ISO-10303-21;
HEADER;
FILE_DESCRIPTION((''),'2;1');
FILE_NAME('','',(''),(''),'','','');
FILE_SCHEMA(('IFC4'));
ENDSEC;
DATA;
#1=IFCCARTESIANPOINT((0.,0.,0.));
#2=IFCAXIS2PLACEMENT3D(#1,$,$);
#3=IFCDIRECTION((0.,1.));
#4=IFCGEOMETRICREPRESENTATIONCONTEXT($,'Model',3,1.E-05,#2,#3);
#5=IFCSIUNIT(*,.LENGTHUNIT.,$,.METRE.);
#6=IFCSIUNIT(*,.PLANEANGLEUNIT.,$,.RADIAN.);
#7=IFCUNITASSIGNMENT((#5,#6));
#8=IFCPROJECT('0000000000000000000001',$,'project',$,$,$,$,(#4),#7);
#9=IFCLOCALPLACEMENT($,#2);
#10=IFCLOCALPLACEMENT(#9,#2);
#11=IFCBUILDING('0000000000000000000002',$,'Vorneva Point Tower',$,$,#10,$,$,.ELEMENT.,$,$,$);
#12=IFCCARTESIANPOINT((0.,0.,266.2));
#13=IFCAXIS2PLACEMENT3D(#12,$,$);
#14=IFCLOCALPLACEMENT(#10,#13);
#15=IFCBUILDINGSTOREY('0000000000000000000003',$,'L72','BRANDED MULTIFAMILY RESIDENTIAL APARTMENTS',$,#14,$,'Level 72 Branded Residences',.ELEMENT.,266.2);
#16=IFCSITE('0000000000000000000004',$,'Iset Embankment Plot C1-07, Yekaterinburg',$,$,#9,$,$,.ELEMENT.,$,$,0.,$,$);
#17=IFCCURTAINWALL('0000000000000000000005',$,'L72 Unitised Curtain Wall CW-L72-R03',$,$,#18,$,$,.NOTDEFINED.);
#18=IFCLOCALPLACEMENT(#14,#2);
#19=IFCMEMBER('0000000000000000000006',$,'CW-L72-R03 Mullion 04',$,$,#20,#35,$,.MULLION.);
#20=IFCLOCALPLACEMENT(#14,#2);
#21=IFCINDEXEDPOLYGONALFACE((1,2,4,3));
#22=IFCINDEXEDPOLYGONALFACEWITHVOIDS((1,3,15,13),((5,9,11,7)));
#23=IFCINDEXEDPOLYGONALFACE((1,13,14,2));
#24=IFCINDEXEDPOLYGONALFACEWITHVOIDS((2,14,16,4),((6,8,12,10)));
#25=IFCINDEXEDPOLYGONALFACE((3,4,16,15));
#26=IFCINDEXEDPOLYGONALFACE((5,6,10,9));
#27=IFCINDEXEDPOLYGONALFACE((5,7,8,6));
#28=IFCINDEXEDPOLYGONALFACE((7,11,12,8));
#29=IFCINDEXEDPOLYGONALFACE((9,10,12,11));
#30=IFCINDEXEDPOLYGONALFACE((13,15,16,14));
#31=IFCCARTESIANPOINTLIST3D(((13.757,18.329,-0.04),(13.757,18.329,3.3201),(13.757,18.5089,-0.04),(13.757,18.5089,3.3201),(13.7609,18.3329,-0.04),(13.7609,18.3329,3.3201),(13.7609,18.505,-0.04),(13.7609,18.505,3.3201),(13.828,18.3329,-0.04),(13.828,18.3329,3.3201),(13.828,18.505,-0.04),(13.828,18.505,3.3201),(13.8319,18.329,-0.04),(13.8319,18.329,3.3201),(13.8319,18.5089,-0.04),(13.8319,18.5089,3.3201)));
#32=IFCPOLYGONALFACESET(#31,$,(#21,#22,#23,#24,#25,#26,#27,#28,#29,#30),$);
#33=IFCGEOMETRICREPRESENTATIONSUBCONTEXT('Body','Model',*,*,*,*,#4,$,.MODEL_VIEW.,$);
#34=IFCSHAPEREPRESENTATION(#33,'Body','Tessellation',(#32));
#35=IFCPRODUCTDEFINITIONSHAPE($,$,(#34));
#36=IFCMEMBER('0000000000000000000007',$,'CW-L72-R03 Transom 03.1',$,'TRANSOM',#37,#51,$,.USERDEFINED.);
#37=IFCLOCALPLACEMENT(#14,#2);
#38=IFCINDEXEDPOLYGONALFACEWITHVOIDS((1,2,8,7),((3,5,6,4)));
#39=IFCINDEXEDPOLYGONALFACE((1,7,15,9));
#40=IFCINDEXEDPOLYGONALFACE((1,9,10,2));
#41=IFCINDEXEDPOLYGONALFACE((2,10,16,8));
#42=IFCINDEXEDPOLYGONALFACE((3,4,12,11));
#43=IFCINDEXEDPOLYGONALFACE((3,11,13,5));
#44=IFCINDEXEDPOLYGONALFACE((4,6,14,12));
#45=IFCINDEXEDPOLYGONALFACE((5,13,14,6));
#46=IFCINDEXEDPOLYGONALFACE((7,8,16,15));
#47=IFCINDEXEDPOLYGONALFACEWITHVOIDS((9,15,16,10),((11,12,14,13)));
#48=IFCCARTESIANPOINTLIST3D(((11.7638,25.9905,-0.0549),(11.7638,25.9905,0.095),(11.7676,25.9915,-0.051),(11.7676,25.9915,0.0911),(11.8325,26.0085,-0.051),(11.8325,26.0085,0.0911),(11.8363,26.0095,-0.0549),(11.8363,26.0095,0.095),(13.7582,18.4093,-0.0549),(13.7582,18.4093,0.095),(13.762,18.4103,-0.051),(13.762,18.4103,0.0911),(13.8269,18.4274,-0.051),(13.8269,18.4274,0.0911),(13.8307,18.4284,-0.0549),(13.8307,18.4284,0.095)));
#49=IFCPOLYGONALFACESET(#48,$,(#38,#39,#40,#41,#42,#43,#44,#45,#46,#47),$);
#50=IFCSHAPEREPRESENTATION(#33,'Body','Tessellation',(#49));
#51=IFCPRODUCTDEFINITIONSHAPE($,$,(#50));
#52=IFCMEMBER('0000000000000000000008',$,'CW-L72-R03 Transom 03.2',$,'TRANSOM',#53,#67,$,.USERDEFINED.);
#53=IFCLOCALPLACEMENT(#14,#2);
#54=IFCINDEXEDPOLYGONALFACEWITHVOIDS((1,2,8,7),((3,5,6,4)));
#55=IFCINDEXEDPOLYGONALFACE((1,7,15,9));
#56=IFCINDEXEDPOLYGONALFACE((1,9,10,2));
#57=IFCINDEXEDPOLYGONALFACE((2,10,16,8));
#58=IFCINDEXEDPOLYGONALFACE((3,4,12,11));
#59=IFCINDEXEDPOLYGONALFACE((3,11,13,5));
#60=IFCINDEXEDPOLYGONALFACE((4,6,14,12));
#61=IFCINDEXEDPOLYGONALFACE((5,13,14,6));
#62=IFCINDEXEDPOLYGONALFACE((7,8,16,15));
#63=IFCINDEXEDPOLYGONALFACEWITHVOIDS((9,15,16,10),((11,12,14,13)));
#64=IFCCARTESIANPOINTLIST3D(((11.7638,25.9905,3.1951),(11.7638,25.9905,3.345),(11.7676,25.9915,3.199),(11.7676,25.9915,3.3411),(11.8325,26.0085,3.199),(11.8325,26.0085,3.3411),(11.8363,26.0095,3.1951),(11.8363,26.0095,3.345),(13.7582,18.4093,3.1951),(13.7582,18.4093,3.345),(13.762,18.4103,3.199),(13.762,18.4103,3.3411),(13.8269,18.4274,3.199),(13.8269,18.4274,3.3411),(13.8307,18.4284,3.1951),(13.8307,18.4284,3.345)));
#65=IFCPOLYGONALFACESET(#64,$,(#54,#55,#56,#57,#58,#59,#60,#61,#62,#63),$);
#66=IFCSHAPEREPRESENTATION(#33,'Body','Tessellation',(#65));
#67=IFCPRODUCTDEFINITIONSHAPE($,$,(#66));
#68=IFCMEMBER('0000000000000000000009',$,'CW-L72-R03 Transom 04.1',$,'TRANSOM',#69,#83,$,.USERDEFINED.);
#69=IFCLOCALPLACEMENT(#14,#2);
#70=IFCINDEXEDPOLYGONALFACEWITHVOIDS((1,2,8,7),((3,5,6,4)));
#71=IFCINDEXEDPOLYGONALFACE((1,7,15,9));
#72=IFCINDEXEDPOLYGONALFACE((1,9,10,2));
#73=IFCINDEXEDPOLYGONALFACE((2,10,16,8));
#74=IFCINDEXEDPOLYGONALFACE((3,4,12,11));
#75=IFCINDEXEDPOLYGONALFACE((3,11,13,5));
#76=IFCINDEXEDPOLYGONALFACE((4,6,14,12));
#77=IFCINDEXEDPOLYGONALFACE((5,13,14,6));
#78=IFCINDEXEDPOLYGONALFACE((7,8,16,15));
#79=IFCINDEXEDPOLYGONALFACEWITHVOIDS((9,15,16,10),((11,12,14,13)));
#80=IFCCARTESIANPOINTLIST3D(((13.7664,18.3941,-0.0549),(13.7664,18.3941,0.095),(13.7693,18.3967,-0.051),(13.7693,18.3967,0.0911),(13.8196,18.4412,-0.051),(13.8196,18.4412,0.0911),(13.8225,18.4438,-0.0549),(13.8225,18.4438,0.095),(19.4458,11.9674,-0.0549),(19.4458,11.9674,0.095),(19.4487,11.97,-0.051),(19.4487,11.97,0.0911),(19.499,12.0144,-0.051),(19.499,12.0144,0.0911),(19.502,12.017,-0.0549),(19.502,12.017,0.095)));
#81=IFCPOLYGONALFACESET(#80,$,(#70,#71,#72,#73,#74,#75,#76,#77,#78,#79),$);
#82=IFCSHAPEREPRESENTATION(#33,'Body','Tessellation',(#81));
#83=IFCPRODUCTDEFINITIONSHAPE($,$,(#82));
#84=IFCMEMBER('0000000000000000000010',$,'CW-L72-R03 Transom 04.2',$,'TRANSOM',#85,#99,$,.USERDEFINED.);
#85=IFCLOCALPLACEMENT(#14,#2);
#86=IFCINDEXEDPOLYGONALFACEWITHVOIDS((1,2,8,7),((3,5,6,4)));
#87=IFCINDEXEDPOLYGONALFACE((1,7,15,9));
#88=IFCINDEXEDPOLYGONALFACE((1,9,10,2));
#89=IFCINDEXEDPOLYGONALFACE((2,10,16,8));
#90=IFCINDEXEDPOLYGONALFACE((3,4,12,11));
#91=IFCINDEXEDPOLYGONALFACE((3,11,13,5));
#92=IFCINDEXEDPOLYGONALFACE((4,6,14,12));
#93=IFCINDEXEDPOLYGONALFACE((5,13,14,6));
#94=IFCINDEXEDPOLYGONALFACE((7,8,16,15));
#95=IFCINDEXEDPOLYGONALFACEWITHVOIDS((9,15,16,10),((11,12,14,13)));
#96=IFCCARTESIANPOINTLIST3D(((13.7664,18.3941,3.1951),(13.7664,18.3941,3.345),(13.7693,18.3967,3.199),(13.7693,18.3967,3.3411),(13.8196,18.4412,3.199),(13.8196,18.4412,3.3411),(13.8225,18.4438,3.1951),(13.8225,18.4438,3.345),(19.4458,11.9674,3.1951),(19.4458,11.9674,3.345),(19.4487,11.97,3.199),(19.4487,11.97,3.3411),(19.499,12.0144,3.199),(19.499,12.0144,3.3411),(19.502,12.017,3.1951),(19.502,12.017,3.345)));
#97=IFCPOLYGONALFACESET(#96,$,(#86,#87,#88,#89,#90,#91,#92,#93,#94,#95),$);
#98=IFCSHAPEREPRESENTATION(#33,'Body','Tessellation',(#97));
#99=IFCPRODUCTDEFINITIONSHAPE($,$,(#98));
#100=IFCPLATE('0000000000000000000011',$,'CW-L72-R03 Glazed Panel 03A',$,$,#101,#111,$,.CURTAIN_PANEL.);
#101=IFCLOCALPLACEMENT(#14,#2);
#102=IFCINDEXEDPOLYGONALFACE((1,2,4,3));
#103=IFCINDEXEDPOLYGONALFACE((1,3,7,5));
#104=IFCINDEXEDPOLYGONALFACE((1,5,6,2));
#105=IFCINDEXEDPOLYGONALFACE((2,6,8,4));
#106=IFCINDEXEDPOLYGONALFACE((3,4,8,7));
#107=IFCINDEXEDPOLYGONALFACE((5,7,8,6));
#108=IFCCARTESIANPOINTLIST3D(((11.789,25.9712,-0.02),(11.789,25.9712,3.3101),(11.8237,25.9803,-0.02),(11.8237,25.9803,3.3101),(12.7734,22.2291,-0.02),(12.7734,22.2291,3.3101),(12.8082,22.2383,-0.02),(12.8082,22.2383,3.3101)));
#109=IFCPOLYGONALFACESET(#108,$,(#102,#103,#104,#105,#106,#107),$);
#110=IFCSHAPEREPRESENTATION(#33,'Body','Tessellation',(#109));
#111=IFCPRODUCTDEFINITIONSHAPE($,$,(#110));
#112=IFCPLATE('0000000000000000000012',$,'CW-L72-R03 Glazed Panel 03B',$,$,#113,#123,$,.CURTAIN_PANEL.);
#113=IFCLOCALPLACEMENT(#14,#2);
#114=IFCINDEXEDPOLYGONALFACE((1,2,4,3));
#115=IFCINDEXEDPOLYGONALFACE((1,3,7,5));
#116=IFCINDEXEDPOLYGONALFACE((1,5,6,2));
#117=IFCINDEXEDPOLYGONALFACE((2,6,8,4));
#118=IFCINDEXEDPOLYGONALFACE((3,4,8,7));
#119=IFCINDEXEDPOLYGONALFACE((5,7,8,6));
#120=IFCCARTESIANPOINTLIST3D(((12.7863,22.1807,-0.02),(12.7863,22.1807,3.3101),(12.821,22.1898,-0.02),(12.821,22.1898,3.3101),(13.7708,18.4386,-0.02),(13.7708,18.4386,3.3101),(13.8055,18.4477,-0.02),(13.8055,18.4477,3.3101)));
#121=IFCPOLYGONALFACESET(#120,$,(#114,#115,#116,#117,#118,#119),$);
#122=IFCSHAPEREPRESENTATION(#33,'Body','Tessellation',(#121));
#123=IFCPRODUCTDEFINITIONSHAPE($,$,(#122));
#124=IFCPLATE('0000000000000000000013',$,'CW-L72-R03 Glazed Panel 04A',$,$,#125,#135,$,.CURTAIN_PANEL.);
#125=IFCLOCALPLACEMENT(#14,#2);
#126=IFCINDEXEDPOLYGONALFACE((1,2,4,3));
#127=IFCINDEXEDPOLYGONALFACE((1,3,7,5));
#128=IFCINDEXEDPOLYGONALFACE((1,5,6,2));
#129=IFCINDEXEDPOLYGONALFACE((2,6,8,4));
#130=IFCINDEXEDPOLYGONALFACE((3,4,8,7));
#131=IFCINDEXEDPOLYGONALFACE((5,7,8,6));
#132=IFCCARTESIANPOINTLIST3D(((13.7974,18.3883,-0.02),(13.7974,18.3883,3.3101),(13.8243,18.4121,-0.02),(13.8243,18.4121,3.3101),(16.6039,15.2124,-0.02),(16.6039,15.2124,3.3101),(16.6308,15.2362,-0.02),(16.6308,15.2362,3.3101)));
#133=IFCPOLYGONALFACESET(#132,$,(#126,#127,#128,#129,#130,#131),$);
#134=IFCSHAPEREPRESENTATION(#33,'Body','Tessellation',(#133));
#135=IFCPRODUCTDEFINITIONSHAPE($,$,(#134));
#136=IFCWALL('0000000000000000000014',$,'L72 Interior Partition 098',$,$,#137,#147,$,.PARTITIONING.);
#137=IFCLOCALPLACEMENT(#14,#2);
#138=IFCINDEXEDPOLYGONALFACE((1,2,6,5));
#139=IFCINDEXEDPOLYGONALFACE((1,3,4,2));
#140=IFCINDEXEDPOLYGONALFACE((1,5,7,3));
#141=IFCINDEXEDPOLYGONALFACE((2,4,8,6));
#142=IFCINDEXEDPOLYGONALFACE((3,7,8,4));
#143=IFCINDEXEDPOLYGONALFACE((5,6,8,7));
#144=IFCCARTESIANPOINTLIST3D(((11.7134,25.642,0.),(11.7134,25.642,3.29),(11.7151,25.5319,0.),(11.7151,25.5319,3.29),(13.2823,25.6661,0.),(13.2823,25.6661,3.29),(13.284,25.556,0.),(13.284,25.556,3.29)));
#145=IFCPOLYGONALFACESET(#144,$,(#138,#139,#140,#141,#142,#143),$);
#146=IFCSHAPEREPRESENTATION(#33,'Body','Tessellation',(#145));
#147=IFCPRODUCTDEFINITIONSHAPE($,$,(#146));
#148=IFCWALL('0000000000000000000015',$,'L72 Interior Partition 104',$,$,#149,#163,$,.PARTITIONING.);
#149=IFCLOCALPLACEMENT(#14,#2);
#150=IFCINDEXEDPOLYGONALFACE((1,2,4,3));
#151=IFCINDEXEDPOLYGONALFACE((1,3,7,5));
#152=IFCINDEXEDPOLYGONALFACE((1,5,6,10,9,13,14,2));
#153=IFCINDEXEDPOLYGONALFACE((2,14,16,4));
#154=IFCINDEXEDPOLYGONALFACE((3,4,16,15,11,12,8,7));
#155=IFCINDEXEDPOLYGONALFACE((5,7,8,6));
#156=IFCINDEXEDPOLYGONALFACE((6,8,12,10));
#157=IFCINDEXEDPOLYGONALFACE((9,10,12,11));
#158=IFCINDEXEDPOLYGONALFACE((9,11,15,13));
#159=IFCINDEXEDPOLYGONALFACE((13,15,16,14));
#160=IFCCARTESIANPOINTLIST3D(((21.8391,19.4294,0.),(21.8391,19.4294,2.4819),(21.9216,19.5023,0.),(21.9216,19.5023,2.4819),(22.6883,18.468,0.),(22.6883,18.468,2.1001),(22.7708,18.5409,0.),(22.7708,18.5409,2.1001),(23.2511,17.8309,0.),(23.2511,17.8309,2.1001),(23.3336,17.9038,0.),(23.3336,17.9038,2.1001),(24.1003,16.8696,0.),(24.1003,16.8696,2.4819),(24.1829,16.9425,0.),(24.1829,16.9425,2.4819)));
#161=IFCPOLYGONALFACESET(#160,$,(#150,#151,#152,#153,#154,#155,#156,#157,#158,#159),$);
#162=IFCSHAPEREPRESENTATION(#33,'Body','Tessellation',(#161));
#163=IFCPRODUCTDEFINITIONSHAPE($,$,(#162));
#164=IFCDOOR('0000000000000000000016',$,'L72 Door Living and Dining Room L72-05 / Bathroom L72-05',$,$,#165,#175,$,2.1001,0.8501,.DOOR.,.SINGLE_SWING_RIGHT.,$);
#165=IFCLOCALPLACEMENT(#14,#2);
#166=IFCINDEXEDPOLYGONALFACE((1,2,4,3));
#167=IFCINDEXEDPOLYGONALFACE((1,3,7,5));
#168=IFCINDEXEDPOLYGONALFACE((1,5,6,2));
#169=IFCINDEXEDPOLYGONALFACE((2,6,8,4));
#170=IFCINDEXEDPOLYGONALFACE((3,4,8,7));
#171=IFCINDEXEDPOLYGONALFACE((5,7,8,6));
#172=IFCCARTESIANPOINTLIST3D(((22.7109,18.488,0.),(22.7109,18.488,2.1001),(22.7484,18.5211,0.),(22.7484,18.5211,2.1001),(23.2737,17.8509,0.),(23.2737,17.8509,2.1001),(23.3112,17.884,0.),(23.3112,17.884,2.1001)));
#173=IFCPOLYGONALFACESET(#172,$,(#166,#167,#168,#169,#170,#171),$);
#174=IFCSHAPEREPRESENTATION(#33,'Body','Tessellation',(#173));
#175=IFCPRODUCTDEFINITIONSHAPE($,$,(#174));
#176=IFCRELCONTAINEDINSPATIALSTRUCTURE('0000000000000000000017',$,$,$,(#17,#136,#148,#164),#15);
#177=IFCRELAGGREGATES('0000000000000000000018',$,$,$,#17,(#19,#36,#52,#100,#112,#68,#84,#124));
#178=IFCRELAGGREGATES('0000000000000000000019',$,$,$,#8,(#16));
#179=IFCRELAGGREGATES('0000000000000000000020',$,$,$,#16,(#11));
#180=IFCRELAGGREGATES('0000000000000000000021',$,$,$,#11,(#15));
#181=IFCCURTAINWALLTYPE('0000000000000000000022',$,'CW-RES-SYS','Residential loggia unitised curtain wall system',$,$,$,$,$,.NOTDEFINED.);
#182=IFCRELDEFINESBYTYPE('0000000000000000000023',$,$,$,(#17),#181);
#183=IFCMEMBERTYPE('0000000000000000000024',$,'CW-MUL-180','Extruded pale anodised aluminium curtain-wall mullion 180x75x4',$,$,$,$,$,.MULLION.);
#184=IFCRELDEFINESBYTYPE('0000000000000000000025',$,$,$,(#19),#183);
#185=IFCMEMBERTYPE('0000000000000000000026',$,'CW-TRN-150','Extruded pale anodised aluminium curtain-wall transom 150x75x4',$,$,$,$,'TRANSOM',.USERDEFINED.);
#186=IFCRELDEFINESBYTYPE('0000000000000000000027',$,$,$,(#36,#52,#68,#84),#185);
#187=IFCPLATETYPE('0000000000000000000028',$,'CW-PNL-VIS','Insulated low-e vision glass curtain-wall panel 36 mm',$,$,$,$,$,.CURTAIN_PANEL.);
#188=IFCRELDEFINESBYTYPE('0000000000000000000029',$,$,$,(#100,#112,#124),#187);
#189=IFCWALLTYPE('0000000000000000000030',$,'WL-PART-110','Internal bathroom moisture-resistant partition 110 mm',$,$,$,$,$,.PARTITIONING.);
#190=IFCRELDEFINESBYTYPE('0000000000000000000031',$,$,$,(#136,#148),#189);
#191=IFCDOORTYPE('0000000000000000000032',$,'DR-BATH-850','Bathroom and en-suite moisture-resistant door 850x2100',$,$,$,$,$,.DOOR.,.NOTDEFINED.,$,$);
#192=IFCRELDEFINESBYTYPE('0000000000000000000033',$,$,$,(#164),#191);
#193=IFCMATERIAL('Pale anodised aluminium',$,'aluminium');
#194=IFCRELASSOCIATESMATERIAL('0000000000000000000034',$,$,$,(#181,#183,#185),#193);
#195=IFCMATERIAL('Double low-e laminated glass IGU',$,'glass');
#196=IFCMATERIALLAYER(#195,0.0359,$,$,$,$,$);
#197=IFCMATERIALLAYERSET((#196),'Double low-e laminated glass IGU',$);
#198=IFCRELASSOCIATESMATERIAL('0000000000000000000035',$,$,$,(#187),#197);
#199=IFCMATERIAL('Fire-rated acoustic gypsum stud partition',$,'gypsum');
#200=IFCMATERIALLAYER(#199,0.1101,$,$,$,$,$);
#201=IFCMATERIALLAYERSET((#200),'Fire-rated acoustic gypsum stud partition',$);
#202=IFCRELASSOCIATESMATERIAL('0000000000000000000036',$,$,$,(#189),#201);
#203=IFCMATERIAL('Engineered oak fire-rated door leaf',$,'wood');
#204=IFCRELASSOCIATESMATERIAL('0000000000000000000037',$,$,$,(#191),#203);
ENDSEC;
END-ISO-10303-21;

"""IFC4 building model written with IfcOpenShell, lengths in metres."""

from ifc_helpers import new_model, si_unit, direction, frame, frame_2d, origin, origin_2d, place, context, subcontext, project, spatial, rectangle, hollow_rectangle, extrude, material, layer, layer_set, material_profile, profile_set, type_object, element, fill, aggregate, save


model = new_model("IFC4")

# Units and contexts
model_context = context("Model", 3, precision=1e-05, world=origin(), true_north=direction((0.0, 1.0)))
body_context = subcontext(model_context, "Body", "Model", "MODEL_VIEW")
ifc_project = project(units=[si_unit("LENGTHUNIT", "METRE"), si_unit("PLANEANGLEUNIT", "RADIAN")], contexts=[model_context])

# Site, building, storey
site_placement = place(None, origin())
site = spatial("IfcSite", under=ifc_project, at=site_placement, Name="Iset Embankment Plot C1-07, Yekaterinburg", CompositionType="ELEMENT", RefElevation=0.0)
building_placement = place(site_placement, origin())
building = spatial("IfcBuilding", under=site, at=building_placement, Name="Vorneva Point Tower", CompositionType="ELEMENT")
storey_placement = place(building_placement, frame((0.0, 0.0, 266.2)))
storey = spatial("IfcBuildingStorey", under=building, at=storey_placement, Name="L72", Description="BRANDED MULTIFAMILY RESIDENTIAL APARTMENTS", LongName="Level 72 Branded Residences", CompositionType="ELEMENT", Elevation=266.2)

# Curtain wall, members, plates
ifc_material_1 = material(Name="Pale anodised aluminium", Category="aluminium")
curtain_wall_type = type_object("IfcCurtainWallType", Name="CW-RES-SYS", Description="Residential loggia unitised curtain wall system", PredefinedType="NOTDEFINED", material=ifc_material_1)
curtain_wall_placement = place(storey_placement, origin())
curtain_wall = element("IfcCurtainWall", 1, at=curtain_wall_placement, inside=storey, type_object=curtain_wall_type, Name="L72 Unitised Curtain Wall CW-L72-R03", PredefinedType="NOTDEFINED")
ifc_material_profile_1 = material_profile(ifc_material_1, hollow_rectangle(XDim=0.075, YDim=0.1799, WallThickness=0.0039, at=origin_2d()), Name="AL-MUL 180x75x4")
ifc_profile_set_1 = profile_set([ifc_material_profile_1], Name="Pale anodised aluminium")
member_type_1 = type_object("IfcMemberType", Name="CW-MUL-180", Description="Extruded pale anodised aluminium curtain-wall mullion 180x75x4", PredefinedType="MULLION", material=ifc_profile_set_1)
member_1_placement = place(storey_placement, frame((13.7944, 18.4189, -0.04), z_axis=(0.0, 0.0, 1.0), x_axis=(1.0, 0.0, 0.0)))
member_1 = element("IfcMember", 2, at=member_1_placement, type_object=member_type_1, Name="CW-L72-R03 Mullion 04", PredefinedType="MULLION", context=body_context, shape_type="SweptSolid", body=[
    extrude(hollow_rectangle(XDim=0.075, YDim=0.1799, WallThickness=0.0039, at=origin_2d()), origin(), (0.0, 0.0, 1.0), 3.3601),
])
ifc_material_profile_2 = material_profile(ifc_material_1, hollow_rectangle(XDim=0.075, YDim=0.1499, WallThickness=0.0039, at=origin_2d()), Name="AL-TRN 150x75x4")
ifc_profile_set_2 = profile_set([ifc_material_profile_2], Name="Pale anodised aluminium")
member_type_2 = type_object("IfcMemberType", Name="CW-TRN-150", Description="Extruded pale anodised aluminium curtain-wall transom 150x75x4", ElementType="TRANSOM", PredefinedType="USERDEFINED", material=ifc_profile_set_2)
member_2_placement = place(storey_placement, frame((11.8, 26.0, 0.02), z_axis=(0.254418, -0.967094, 0.0), x_axis=(0.967094, 0.254418, 0.0)))
member_2 = element("IfcMember", 3, at=member_2_placement, type_object=member_type_2, Name="CW-L72-R03 Transom 03.1", ObjectType="TRANSOM", PredefinedType="USERDEFINED", context=body_context, shape_type="SweptSolid", body=[
    extrude(hollow_rectangle(XDim=0.075, YDim=0.1499, WallThickness=0.0039, at=origin_2d()), origin(), (0.0, 0.0, 1.0), 7.8391),
])
member_3_placement = place(storey_placement, frame((11.8, 26.0, 3.27), z_axis=(0.254418, -0.967094, 0.0), x_axis=(0.967094, 0.254418, 0.0)))
member_3 = element("IfcMember", 4, at=member_3_placement, type_object=member_type_2, Name="CW-L72-R03 Transom 03.2", ObjectType="TRANSOM", PredefinedType="USERDEFINED", context=body_context, shape_type="SweptSolid", body=[
    extrude(hollow_rectangle(XDim=0.075, YDim=0.1499, WallThickness=0.0039, at=origin_2d()), origin(), (0.0, 0.0, 1.0), 7.8391),
])
member_4_placement = place(storey_placement, frame((13.7944, 18.4189, 0.02), z_axis=(0.662197, -0.74933, 0.0), x_axis=(0.74933, 0.662197, 0.0)))
member_4 = element("IfcMember", 5, at=member_4_placement, type_object=member_type_2, Name="CW-L72-R03 Transom 04.1", ObjectType="TRANSOM", PredefinedType="USERDEFINED", context=body_context, shape_type="SweptSolid", body=[
    extrude(hollow_rectangle(XDim=0.075, YDim=0.1499, WallThickness=0.0039, at=origin_2d()), origin(), (0.0, 0.0, 1.0), 8.5767),
])
member_5_placement = place(storey_placement, frame((13.7944, 18.4189, 3.27), z_axis=(0.662197, -0.74933, 0.0), x_axis=(0.74933, 0.662197, 0.0)))
member_5 = element("IfcMember", 6, at=member_5_placement, type_object=member_type_2, Name="CW-L72-R03 Transom 04.2", ObjectType="TRANSOM", PredefinedType="USERDEFINED", context=body_context, shape_type="SweptSolid", body=[
    extrude(hollow_rectangle(XDim=0.075, YDim=0.1499, WallThickness=0.0039, at=origin_2d()), origin(), (0.0, 0.0, 1.0), 8.5767),
])
ifc_material_2 = material(Name="Double low-e laminated glass IGU", Category="glass")
ifc_layer_1 = layer(ifc_material_2, 0.0359)
ifc_layer_set_1 = layer_set([ifc_layer_1], Name="Double low-e laminated glass IGU")
plate_type = type_object("IfcPlateType", Name="CW-PNL-VIS", Description="Insulated low-e vision glass curtain-wall panel 36 mm", PredefinedType="CURTAIN_PANEL", material=ifc_layer_set_1)
plate_1_placement = place(storey_placement, frame((12.2986, 24.1047, -0.02), z_axis=(0.0, 0.0, 1.0), x_axis=(0.254416, -0.967095, 0.0)))
plate_1 = element("IfcPlate", 7, at=plate_1_placement, type_object=plate_type, Name="CW-L72-R03 Glazed Panel 03A", PredefinedType="CURTAIN_PANEL", context=body_context, shape_type="SweptSolid", body=[
    extrude(rectangle(XDim=3.8694, YDim=0.0359, at=origin_2d()), origin(), (0.0, 0.0, 1.0), 3.3301),
])
plate_2_placement = place(storey_placement, frame((13.2959, 20.3142, -0.02), z_axis=(0.0, 0.0, 1.0), x_axis=(0.254416, -0.967095, 0.0)))
plate_2 = element("IfcPlate", 8, at=plate_2_placement, type_object=plate_type, Name="CW-L72-R03 Glazed Panel 03B", PredefinedType="CURTAIN_PANEL", context=body_context, shape_type="SweptSolid", body=[
    extrude(rectangle(XDim=3.8694, YDim=0.0359, at=origin_2d()), origin(), (0.0, 0.0, 1.0), 3.3301),
])
plate_3_placement = place(storey_placement, frame((15.2141, 16.8123, -0.02), z_axis=(0.0, 0.0, 1.0), x_axis=(0.662189, -0.749337, 0.0)))
plate_3 = element("IfcPlate", 9, at=plate_3_placement, type_object=plate_type, Name="CW-L72-R03 Glazed Panel 04A", PredefinedType="CURTAIN_PANEL", context=body_context, shape_type="SweptSolid", body=[
    extrude(rectangle(XDim=4.2383, YDim=0.0359, at=origin_2d()), origin(), (0.0, 0.0, 1.0), 3.3301),
])
aggregate(curtain_wall, [member_1, member_2, member_3, plate_1, plate_2, member_4, member_5, plate_3])

# Wall
ifc_material_3 = material(Name="Fire-rated acoustic gypsum stud partition", Category="gypsum")
ifc_layer_2 = layer(ifc_material_3, 0.1101)
ifc_layer_set_2 = layer_set([ifc_layer_2], Name="Fire-rated acoustic gypsum stud partition")
wall_type_1 = type_object("IfcWallType", Name="WL-PART-110", Description="Internal bathroom moisture-resistant partition 110 mm", PredefinedType="PARTITIONING", material=ifc_layer_set_2)
wall_1_placement = place(storey_placement, frame((11.7141, 25.5869, 0.0), z_axis=(0.0, 0.0, 1.0), x_axis=(0.999881, 0.015404, 0.0)))
element("IfcWall", 10, at=wall_1_placement, inside=storey, type_object=wall_type_1, Name="L72 Interior Partition 098", PredefinedType="PARTITIONING", context=body_context, shape_type="SweptSolid", body=[
    extrude(rectangle(XDim=1.5691, YDim=0.1101, at=frame_2d((0.7847, 0.0))), origin(), (0.0, 0.0, 1.0), 3.29),
])

# Wall, opening, door
wall_2_placement = place(storey_placement, frame((24.1416, 16.906, 0.0), z_axis=(0.0, 0.0, 1.0), x_axis=(-0.662045, 0.749464, 0.0)))
wall_2 = element("IfcWall", 11, at=wall_2_placement, inside=storey, type_object=wall_type_1, Name="L72 Interior Partition 104", PredefinedType="PARTITIONING", context=body_context, shape_type="SweptSolid", body=[
    extrude(rectangle(XDim=3.4155, YDim=0.1101, at=frame_2d((1.7078, 0.0))), origin(), (0.0, 0.0, 1.0), 2.4819),
])
opening_1_placement = place(wall_2_placement, frame((1.2827, 0.0, 0.0)))
opening_1 = element("IfcOpeningElement", 12, at=opening_1_placement, cuts=wall_2, PredefinedType="OPENING", context=body_context, shape_type="SweptSolid", body=[
    extrude(rectangle(XDim=0.8501, YDim=2.1001, at=frame_2d((0.425, 1.05))), frame((0.0, 0.0698, 0.0), z_axis=(0.0, -1.0, 0.0), x_axis=(1.0, 0.0, 0.0)), (0.0, 0.0, 1.0), 0.1399),
])
ifc_material_4 = material(Name="Engineered oak fire-rated door leaf", Category="wood")
door_type_1 = type_object("IfcDoorType", Name="DR-BATH-850", Description="Bathroom and en-suite moisture-resistant door 850x2100", OperationType="NOTDEFINED", PredefinedType="DOOR", material=ifc_material_4)
door_1_placement = place(opening_1_placement, origin())
door_1 = element("IfcDoor", 13, at=door_1_placement, inside=storey, type_object=door_type_1, Name="L72 Door Living and Dining Room L72-05 / Bathroom L72-05", OperationType="SINGLE_SWING_RIGHT", OverallHeight=2.1001, OverallWidth=0.8501, PredefinedType="DOOR", context=body_context, shape_type="SweptSolid", body=[
    extrude(rectangle(XDim=0.8501, YDim=2.1001, at=frame_2d((0.425, 1.05))), frame((0.0, 0.0249, 0.0), z_axis=(0.0, -1.0, 0.0), x_axis=(1.0, 0.0, 0.0)), (0.0, 0.0, 1.0), 0.05),
])
fill(opening_1, door_1)

save(model, "model.ifc")
